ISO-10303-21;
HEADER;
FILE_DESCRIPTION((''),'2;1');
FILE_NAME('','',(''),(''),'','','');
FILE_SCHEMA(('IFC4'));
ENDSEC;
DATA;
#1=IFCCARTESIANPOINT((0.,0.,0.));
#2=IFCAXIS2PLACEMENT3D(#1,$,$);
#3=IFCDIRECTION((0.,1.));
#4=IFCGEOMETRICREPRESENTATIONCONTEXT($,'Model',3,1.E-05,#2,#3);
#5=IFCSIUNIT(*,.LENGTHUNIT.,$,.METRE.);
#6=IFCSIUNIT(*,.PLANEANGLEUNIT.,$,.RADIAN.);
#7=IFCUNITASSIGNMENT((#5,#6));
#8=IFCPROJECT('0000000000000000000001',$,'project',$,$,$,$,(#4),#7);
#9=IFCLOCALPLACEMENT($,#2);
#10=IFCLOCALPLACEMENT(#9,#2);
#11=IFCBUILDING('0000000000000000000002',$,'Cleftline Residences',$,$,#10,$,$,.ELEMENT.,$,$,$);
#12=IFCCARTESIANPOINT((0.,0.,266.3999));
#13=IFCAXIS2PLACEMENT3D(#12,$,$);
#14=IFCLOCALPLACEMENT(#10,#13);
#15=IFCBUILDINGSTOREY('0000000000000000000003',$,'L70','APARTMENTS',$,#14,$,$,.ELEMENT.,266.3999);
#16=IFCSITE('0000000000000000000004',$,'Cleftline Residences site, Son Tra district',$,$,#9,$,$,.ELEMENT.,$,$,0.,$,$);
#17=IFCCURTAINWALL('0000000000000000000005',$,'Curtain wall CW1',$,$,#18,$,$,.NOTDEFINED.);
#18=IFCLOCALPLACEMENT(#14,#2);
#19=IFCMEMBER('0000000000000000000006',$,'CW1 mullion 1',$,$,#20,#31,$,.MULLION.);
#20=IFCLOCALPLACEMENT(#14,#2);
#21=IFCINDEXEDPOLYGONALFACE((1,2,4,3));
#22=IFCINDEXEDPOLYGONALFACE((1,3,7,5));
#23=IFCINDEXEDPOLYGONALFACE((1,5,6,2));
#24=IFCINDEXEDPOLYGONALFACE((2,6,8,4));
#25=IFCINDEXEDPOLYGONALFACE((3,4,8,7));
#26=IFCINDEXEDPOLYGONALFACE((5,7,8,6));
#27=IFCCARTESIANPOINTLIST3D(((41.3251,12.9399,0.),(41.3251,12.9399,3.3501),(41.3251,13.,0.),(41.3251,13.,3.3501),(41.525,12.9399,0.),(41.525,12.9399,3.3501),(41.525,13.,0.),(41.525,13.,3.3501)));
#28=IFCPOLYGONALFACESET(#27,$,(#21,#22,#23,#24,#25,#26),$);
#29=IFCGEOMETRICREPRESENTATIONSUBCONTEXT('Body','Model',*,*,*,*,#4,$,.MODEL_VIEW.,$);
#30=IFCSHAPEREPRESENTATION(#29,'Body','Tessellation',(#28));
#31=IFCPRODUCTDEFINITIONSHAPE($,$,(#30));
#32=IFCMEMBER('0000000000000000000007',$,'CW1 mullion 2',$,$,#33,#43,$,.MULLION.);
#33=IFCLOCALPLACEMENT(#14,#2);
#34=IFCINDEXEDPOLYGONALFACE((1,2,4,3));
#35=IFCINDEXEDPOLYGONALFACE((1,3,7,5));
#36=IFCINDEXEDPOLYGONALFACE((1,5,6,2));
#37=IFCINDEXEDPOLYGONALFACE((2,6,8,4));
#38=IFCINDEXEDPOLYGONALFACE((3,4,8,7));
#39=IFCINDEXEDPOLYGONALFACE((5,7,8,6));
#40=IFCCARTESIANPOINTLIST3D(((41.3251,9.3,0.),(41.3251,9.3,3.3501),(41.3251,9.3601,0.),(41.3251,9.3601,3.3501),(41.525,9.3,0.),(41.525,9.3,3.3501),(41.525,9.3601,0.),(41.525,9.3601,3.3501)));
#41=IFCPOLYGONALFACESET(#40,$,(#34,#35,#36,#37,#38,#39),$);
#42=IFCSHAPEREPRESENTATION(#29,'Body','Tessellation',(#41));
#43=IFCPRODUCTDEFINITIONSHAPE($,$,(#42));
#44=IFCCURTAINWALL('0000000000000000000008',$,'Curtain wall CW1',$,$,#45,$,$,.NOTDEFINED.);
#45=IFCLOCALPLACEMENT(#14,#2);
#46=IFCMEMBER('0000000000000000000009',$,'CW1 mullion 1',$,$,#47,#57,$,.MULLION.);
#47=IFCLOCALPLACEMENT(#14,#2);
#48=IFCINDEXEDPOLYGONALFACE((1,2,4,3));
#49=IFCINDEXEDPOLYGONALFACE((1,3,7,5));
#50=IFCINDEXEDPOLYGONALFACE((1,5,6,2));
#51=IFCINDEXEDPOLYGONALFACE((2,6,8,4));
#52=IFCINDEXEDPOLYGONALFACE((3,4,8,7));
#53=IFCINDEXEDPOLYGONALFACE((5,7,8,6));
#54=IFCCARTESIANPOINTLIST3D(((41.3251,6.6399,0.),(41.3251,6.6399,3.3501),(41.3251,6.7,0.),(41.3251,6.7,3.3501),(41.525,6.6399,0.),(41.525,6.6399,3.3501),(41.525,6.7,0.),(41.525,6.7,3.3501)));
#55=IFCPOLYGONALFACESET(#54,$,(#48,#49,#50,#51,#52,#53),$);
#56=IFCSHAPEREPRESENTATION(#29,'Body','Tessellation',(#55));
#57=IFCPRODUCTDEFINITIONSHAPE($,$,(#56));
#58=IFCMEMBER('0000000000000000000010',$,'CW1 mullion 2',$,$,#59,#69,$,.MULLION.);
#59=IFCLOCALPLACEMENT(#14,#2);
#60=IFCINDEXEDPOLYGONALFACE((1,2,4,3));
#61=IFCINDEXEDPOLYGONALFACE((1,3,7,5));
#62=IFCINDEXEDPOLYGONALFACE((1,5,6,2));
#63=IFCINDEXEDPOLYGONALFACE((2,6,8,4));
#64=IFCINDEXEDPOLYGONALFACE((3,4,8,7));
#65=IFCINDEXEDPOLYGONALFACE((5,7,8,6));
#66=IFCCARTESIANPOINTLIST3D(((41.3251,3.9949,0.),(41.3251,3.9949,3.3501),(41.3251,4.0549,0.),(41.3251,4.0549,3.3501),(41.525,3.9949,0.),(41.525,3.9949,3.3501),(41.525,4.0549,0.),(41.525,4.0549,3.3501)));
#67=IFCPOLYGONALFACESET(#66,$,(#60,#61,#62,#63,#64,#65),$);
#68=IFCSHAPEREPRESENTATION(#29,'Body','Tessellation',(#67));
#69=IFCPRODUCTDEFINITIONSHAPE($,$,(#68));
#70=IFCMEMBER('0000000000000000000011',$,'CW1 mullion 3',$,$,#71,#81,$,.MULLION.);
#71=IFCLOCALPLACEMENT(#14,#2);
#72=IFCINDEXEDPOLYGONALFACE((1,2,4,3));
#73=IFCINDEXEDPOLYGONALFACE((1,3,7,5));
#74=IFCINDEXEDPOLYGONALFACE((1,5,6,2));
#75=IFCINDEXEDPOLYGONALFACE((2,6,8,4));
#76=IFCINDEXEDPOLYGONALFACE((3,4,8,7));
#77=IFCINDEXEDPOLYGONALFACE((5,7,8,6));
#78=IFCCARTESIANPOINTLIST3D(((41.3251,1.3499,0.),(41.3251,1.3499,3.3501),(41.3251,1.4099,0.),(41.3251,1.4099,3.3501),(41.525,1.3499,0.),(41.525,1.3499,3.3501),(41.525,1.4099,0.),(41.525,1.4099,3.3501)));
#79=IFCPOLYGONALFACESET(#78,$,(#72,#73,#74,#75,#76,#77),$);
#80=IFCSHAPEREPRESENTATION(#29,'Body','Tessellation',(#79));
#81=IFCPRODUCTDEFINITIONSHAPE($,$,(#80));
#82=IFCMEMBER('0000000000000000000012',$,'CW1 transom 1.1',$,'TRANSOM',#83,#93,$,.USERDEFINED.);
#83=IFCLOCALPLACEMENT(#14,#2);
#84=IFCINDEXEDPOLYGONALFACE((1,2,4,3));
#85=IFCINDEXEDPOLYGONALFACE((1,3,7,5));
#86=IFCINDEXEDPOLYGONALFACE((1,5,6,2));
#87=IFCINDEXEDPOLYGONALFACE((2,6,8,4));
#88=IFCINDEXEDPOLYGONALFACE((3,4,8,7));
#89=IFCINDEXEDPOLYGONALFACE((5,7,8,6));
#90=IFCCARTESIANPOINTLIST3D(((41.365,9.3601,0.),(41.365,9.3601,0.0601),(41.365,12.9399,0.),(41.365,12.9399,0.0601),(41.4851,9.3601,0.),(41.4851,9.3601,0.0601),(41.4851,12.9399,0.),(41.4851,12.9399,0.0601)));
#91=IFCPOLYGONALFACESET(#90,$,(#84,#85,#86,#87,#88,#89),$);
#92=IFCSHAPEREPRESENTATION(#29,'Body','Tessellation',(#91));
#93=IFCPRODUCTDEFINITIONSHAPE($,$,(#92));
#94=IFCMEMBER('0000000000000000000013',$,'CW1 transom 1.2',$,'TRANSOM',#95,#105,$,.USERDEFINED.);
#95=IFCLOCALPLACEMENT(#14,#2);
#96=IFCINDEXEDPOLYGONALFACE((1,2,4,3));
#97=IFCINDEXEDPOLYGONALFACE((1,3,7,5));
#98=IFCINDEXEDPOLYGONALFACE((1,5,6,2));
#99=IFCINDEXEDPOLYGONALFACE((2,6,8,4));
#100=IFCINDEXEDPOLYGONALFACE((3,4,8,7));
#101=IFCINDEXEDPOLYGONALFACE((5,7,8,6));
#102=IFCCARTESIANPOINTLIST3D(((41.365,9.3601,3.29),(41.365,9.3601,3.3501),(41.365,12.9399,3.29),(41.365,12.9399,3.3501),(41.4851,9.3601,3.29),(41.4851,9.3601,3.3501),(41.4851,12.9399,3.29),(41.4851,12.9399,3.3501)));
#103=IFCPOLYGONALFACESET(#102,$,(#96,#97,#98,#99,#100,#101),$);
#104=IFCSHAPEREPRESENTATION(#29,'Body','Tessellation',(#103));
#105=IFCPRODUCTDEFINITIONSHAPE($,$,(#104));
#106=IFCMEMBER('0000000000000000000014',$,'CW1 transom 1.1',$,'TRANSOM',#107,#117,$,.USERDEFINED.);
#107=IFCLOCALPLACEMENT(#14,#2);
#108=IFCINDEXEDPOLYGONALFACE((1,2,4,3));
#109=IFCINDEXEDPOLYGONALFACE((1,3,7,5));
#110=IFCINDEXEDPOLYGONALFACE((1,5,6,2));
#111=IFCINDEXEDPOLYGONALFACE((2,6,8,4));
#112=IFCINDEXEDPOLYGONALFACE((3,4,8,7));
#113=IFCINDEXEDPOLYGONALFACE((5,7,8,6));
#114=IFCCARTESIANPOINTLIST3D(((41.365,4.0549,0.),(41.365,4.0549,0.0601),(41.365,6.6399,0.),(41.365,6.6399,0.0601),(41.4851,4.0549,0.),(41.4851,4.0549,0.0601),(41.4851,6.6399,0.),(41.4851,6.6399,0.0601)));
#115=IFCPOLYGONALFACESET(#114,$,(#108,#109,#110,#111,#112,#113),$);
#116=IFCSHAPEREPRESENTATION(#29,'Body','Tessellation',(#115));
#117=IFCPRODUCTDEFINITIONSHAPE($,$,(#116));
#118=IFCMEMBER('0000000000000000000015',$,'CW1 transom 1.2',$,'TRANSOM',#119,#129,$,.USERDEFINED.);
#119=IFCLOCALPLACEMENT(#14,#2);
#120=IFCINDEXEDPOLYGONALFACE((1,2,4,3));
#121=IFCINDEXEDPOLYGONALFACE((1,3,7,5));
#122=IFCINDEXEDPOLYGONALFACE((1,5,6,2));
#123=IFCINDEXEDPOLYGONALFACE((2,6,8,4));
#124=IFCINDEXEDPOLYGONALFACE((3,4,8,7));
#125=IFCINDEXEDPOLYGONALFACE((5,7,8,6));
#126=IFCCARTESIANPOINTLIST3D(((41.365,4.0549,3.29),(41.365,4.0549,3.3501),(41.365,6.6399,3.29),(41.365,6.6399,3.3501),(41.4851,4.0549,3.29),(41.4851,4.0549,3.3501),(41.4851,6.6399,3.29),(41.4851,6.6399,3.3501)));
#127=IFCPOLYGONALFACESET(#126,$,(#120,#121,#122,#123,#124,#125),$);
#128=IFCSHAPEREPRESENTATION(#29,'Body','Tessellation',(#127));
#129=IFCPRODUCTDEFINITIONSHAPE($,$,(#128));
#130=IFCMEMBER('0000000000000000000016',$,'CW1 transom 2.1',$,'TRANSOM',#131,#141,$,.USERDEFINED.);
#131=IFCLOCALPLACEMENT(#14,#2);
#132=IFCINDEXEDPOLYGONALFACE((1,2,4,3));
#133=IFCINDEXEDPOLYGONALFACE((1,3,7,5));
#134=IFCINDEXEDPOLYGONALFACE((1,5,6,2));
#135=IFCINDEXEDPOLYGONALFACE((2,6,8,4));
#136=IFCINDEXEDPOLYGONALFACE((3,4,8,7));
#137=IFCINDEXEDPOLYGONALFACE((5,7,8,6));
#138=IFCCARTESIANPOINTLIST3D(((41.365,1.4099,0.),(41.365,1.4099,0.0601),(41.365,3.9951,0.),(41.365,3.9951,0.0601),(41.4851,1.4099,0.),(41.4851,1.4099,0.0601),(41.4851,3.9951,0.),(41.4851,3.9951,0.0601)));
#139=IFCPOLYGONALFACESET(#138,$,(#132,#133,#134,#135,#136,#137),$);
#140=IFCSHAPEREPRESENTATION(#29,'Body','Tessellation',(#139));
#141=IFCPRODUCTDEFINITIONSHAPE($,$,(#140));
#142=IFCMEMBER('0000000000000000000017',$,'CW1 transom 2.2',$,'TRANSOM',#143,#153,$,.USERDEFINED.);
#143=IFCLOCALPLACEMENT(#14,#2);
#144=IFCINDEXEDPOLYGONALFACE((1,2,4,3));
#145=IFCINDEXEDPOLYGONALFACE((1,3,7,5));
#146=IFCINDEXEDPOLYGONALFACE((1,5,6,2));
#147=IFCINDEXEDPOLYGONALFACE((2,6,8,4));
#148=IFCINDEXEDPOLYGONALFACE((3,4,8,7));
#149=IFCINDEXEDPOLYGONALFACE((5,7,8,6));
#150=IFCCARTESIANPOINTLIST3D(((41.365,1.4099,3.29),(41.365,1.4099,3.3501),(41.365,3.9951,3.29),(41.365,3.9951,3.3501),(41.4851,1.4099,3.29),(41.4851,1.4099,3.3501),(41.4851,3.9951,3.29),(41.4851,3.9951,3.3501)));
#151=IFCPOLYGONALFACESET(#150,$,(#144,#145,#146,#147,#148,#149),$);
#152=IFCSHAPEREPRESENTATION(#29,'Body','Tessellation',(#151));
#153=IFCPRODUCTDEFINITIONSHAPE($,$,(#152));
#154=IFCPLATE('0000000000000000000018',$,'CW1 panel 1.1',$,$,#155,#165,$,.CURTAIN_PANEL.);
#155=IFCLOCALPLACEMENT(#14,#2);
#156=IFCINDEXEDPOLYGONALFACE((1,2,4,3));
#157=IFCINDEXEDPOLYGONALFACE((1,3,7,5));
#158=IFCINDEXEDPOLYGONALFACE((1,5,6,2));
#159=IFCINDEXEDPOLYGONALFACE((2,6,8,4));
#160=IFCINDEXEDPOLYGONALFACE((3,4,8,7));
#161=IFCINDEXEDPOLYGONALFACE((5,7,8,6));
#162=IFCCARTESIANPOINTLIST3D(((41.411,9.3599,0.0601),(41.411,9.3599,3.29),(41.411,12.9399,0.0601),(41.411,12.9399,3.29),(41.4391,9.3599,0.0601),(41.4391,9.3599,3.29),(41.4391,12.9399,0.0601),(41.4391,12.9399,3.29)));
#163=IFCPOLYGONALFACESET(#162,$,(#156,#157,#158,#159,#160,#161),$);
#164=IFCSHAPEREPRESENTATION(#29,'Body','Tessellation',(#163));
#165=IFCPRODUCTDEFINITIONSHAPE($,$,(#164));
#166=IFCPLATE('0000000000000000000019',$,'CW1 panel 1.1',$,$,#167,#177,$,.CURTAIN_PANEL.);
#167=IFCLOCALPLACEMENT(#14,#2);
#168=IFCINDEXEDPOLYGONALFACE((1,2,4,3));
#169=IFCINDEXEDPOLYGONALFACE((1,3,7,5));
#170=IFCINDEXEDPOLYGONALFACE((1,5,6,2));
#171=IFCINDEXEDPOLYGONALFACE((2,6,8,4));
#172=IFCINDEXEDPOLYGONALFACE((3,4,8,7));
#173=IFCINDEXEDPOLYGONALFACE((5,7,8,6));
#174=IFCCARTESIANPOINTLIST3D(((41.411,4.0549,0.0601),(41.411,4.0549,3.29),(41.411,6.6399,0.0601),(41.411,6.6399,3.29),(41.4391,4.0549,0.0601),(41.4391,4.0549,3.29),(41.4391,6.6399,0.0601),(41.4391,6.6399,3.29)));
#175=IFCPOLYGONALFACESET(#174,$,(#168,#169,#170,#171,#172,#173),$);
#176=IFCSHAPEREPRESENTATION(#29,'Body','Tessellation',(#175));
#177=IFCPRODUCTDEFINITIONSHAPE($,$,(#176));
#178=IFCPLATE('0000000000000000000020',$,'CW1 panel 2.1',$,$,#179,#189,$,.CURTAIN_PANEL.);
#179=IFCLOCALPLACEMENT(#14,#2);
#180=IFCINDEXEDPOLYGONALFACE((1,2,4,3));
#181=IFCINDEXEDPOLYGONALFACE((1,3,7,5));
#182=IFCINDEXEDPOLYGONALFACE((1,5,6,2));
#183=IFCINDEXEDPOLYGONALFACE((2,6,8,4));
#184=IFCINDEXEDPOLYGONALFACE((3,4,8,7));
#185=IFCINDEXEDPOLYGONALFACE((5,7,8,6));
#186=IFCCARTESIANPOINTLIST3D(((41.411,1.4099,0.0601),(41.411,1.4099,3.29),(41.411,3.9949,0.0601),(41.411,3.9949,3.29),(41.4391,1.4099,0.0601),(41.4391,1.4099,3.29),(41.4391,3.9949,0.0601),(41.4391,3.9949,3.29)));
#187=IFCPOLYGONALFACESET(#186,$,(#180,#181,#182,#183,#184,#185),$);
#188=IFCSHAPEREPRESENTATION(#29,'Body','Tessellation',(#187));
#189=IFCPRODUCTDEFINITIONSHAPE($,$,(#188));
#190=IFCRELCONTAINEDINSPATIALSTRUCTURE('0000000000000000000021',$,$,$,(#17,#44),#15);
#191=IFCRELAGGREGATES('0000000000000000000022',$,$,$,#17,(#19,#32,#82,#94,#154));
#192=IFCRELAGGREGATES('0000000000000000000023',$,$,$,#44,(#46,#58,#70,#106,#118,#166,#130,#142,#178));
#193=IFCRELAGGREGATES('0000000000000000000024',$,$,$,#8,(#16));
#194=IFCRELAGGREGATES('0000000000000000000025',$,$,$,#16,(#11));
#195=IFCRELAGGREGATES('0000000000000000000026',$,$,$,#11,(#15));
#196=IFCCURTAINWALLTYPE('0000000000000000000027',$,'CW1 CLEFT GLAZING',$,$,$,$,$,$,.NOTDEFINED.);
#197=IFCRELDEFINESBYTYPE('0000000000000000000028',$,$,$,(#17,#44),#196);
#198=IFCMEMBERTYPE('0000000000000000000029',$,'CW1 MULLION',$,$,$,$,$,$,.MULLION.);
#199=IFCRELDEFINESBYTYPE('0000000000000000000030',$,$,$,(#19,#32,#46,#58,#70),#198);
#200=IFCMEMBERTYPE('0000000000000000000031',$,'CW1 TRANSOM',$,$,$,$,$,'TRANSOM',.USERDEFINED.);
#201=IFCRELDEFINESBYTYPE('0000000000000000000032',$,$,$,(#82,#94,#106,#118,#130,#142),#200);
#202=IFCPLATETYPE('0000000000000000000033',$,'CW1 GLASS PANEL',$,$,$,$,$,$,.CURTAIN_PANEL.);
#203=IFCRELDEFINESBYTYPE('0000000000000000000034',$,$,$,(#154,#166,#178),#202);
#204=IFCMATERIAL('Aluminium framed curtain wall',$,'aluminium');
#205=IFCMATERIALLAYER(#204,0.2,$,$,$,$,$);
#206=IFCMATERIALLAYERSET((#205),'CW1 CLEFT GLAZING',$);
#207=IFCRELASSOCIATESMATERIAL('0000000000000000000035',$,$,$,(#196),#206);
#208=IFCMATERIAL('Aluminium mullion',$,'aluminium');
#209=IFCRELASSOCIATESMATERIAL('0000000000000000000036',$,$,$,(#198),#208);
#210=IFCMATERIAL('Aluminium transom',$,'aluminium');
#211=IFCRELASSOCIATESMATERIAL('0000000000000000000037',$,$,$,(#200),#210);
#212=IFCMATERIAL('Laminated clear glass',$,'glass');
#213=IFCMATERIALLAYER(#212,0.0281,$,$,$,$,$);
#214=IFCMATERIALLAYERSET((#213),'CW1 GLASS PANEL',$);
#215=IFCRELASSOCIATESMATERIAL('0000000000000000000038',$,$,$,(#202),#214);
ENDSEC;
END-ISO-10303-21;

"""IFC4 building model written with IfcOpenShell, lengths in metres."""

from ifc_helpers import new_model, si_unit, direction, frame, origin, origin_2d, place, context, subcontext, project, spatial, rectangle, extrude, material, layer, layer_set, material_profile, profile_set, type_object, element, aggregate, save


model = new_model("IFC4")

# Units and contexts
model_context = context("Model", 3, precision=1e-05, world=origin(), true_north=direction((0.0, 1.0)))
body_context = subcontext(model_context, "Body", "Model", "MODEL_VIEW")
ifc_project = project(units=[si_unit("LENGTHUNIT", "METRE"), si_unit("PLANEANGLEUNIT", "RADIAN")], contexts=[model_context])

# Site, building, storey
site_placement = place(None, origin())
site = spatial("IfcSite", under=ifc_project, at=site_placement, Name="Cleftline Residences site, Son Tra district", CompositionType="ELEMENT", RefElevation=0.0)
building_placement = place(site_placement, origin())
building = spatial("IfcBuilding", under=site, at=building_placement, Name="Cleftline Residences", CompositionType="ELEMENT")
storey_placement = place(building_placement, frame((0.0, 0.0, 266.3999)))
storey = spatial("IfcBuildingStorey", under=building, at=storey_placement, Name="L70", Description="APARTMENTS", CompositionType="ELEMENT", Elevation=266.3999)

# Curtain walls, members
ifc_material_1 = material(Name="Aluminium framed curtain wall", Category="aluminium")
ifc_layer_1 = layer(ifc_material_1, 0.2)
ifc_layer_set_1 = layer_set([ifc_layer_1], Name="CW1 CLEFT GLAZING")
curtain_wall_type = type_object("IfcCurtainWallType", Name="CW1 CLEFT GLAZING", PredefinedType="NOTDEFINED", material=ifc_layer_set_1)
curtain_wall_1_placement = place(storey_placement, origin())
curtain_wall_1 = element("IfcCurtainWall", 1, at=curtain_wall_1_placement, inside=storey, type_object=curtain_wall_type, Name="Curtain wall CW1", PredefinedType="NOTDEFINED")
ifc_material_2 = material(Name="Aluminium mullion", Category="aluminium")
ifc_material_profile_1 = material_profile(ifc_material_2, rectangle(XDim=0.2, YDim=0.0601, at=origin_2d()))
ifc_profile_set_1 = profile_set([ifc_material_profile_1], Name="Aluminium mullion")
member_type_1 = type_object("IfcMemberType", Name="CW1 MULLION", PredefinedType="MULLION", material=ifc_profile_set_1)
member_1_placement = place(storey_placement, frame((41.425, 12.97, 0.0), z_axis=(0.0, 0.0, 1.0), x_axis=(1.0, 0.0, 0.0)))
member_1 = element("IfcMember", 2, at=member_1_placement, type_object=member_type_1, Name="CW1 mullion 1", PredefinedType="MULLION", context=body_context, shape_type="SweptSolid", body=[
    extrude(rectangle(XDim=0.2, YDim=0.0601, at=origin_2d()), origin(), (0.0, 0.0, 1.0), 3.3501),
])
member_2_placement = place(storey_placement, frame((41.425, 9.3301, 0.0), z_axis=(0.0, 0.0, 1.0), x_axis=(1.0, 0.0, 0.0)))
member_2 = element("IfcMember", 3, at=member_2_placement, type_object=member_type_1, Name="CW1 mullion 2", PredefinedType="MULLION", context=body_context, shape_type="SweptSolid", body=[
    extrude(rectangle(XDim=0.2, YDim=0.0601, at=origin_2d()), origin(), (0.0, 0.0, 1.0), 3.3501),
])
curtain_wall_2_placement = place(storey_placement, origin())
curtain_wall_2 = element("IfcCurtainWall", 4, at=curtain_wall_2_placement, inside=storey, type_object=curtain_wall_type, Name="Curtain wall CW1", PredefinedType="NOTDEFINED")
member_3_placement = place(storey_placement, frame((41.425, 6.6699, 0.0), z_axis=(0.0, 0.0, 1.0), x_axis=(1.0, 0.0, 0.0)))
member_3 = element("IfcMember", 5, at=member_3_placement, type_object=member_type_1, Name="CW1 mullion 1", PredefinedType="MULLION", context=body_context, shape_type="SweptSolid", body=[
    extrude(rectangle(XDim=0.2, YDim=0.0601, at=origin_2d()), origin(), (0.0, 0.0, 1.0), 3.3501),
])
member_4_placement = place(storey_placement, frame((41.425, 4.0249, 0.0), z_axis=(0.0, 0.0, 1.0), x_axis=(1.0, 0.0, 0.0)))
member_4 = element("IfcMember", 6, at=member_4_placement, type_object=member_type_1, Name="CW1 mullion 2", PredefinedType="MULLION", context=body_context, shape_type="SweptSolid", body=[
    extrude(rectangle(XDim=0.2, YDim=0.0601, at=origin_2d()), origin(), (0.0, 0.0, 1.0), 3.3501),
])
member_5_placement = place(storey_placement, frame((41.425, 1.3799, 0.0), z_axis=(0.0, 0.0, 1.0), x_axis=(1.0, 0.0, 0.0)))
member_5 = element("IfcMember", 7, at=member_5_placement, type_object=member_type_1, Name="CW1 mullion 3", PredefinedType="MULLION", context=body_context, shape_type="SweptSolid", body=[
    extrude(rectangle(XDim=0.2, YDim=0.0601, at=origin_2d()), origin(), (0.0, 0.0, 1.0), 3.3501),
])

# Members
ifc_material_3 = material(Name="Aluminium transom", Category="aluminium")
ifc_material_profile_2 = material_profile(ifc_material_3, rectangle(XDim=0.1201, YDim=0.0601, at=origin_2d()))
ifc_profile_set_2 = profile_set([ifc_material_profile_2], Name="Aluminium transom")
member_type_2 = type_object("IfcMemberType", Name="CW1 TRANSOM", ElementType="TRANSOM", PredefinedType="USERDEFINED", material=ifc_profile_set_2)
member_6_placement = place(storey_placement, frame((41.425, 12.9399, 0.03), z_axis=(0.0, -1.0, 0.0), x_axis=(1.0, 0.0, 0.0)))
member_6 = element("IfcMember", 8, at=member_6_placement, type_object=member_type_2, Name="CW1 transom 1.1", ObjectType="TRANSOM", PredefinedType="USERDEFINED", context=body_context, shape_type="SweptSolid", body=[
    extrude(rectangle(XDim=0.1201, YDim=0.0601, at=origin_2d()), origin(), (0.0, 0.0, 1.0), 3.5798),
])
member_7_placement = place(storey_placement, frame((41.425, 12.9399, 3.3201), z_axis=(0.0, -1.0, 0.0), x_axis=(1.0, 0.0, 0.0)))
member_7 = element("IfcMember", 9, at=member_7_placement, type_object=member_type_2, Name="CW1 transom 1.2", ObjectType="TRANSOM", PredefinedType="USERDEFINED", context=body_context, shape_type="SweptSolid", body=[
    extrude(rectangle(XDim=0.1201, YDim=0.0601, at=origin_2d()), origin(), (0.0, 0.0, 1.0), 3.5798),
])
member_8_placement = place(storey_placement, frame((41.425, 6.6399, 0.03), z_axis=(0.0, -1.0, 0.0), x_axis=(1.0, 0.0, 0.0)))
member_8 = element("IfcMember", 10, at=member_8_placement, type_object=member_type_2, Name="CW1 transom 1.1", ObjectType="TRANSOM", PredefinedType="USERDEFINED", context=body_context, shape_type="SweptSolid", body=[
    extrude(rectangle(XDim=0.1201, YDim=0.0601, at=origin_2d()), origin(), (0.0, 0.0, 1.0), 2.585),
])
member_9_placement = place(storey_placement, frame((41.425, 6.6399, 3.3201), z_axis=(0.0, -1.0, 0.0), x_axis=(1.0, 0.0, 0.0)))
member_9 = element("IfcMember", 11, at=member_9_placement, type_object=member_type_2, Name="CW1 transom 1.2", ObjectType="TRANSOM", PredefinedType="USERDEFINED", context=body_context, shape_type="SweptSolid", body=[
    extrude(rectangle(XDim=0.1201, YDim=0.0601, at=origin_2d()), origin(), (0.0, 0.0, 1.0), 2.585),
])
member_10_placement = place(storey_placement, frame((41.425, 3.9951, 0.03), z_axis=(0.0, -1.0, 0.0), x_axis=(1.0, 0.0, 0.0)))
member_10 = element("IfcMember", 12, at=member_10_placement, type_object=member_type_2, Name="CW1 transom 2.1", ObjectType="TRANSOM", PredefinedType="USERDEFINED", context=body_context, shape_type="SweptSolid", body=[
    extrude(rectangle(XDim=0.1201, YDim=0.0601, at=origin_2d()), origin(), (0.0, 0.0, 1.0), 2.5852),
])
member_11_placement = place(storey_placement, frame((41.425, 3.9951, 3.3201), z_axis=(0.0, -1.0, 0.0), x_axis=(1.0, 0.0, 0.0)))
member_11 = element("IfcMember", 13, at=member_11_placement, type_object=member_type_2, Name="CW1 transom 2.2", ObjectType="TRANSOM", PredefinedType="USERDEFINED", context=body_context, shape_type="SweptSolid", body=[
    extrude(rectangle(XDim=0.1201, YDim=0.0601, at=origin_2d()), origin(), (0.0, 0.0, 1.0), 2.5852),
])

# Plates
ifc_material_4 = material(Name="Laminated clear glass", Category="glass")
ifc_layer_2 = layer(ifc_material_4, 0.0281)
ifc_layer_set_2 = layer_set([ifc_layer_2], Name="CW1 GLASS PANEL")
plate_type = type_object("IfcPlateType", Name="CW1 GLASS PANEL", PredefinedType="CURTAIN_PANEL", material=ifc_layer_set_2)
plate_1_placement = place(storey_placement, frame((41.425, 11.1499, 0.0601), z_axis=(0.0, 0.0, 1.0), x_axis=(0.0, -1.0, 0.0)))
plate_1 = element("IfcPlate", 14, at=plate_1_placement, type_object=plate_type, Name="CW1 panel 1.1", PredefinedType="CURTAIN_PANEL", context=body_context, shape_type="SweptSolid", body=[
    extrude(rectangle(XDim=3.5801, YDim=0.0281, at=origin_2d()), origin(), (0.0, 0.0, 1.0), 3.23),
])
aggregate(curtain_wall_1, [member_1, member_2, member_6, member_7, plate_1])
plate_2_placement = place(storey_placement, frame((41.425, 5.3474, 0.0601), z_axis=(0.0, 0.0, 1.0), x_axis=(0.0, -1.0, 0.0)))
plate_2 = element("IfcPlate", 15, at=plate_2_placement, type_object=plate_type, Name="CW1 panel 1.1", PredefinedType="CURTAIN_PANEL", context=body_context, shape_type="SweptSolid", body=[
    extrude(rectangle(XDim=2.585, YDim=0.0281, at=origin_2d()), origin(), (0.0, 0.0, 1.0), 3.23),
])
plate_3_placement = place(storey_placement, frame((41.425, 2.7024, 0.0601), z_axis=(0.0, 0.0, 1.0), x_axis=(0.0, -1.0, 0.0)))
plate_3 = element("IfcPlate", 16, at=plate_3_placement, type_object=plate_type, Name="CW1 panel 2.1", PredefinedType="CURTAIN_PANEL", context=body_context, shape_type="SweptSolid", body=[
    extrude(rectangle(XDim=2.585, YDim=0.0281, at=origin_2d()), origin(), (0.0, 0.0, 1.0), 3.23),
])
aggregate(curtain_wall_2, [member_3, member_4, member_5, member_8, member_9, plate_2, member_10, member_11, plate_3])

save(model, "model.ifc")
